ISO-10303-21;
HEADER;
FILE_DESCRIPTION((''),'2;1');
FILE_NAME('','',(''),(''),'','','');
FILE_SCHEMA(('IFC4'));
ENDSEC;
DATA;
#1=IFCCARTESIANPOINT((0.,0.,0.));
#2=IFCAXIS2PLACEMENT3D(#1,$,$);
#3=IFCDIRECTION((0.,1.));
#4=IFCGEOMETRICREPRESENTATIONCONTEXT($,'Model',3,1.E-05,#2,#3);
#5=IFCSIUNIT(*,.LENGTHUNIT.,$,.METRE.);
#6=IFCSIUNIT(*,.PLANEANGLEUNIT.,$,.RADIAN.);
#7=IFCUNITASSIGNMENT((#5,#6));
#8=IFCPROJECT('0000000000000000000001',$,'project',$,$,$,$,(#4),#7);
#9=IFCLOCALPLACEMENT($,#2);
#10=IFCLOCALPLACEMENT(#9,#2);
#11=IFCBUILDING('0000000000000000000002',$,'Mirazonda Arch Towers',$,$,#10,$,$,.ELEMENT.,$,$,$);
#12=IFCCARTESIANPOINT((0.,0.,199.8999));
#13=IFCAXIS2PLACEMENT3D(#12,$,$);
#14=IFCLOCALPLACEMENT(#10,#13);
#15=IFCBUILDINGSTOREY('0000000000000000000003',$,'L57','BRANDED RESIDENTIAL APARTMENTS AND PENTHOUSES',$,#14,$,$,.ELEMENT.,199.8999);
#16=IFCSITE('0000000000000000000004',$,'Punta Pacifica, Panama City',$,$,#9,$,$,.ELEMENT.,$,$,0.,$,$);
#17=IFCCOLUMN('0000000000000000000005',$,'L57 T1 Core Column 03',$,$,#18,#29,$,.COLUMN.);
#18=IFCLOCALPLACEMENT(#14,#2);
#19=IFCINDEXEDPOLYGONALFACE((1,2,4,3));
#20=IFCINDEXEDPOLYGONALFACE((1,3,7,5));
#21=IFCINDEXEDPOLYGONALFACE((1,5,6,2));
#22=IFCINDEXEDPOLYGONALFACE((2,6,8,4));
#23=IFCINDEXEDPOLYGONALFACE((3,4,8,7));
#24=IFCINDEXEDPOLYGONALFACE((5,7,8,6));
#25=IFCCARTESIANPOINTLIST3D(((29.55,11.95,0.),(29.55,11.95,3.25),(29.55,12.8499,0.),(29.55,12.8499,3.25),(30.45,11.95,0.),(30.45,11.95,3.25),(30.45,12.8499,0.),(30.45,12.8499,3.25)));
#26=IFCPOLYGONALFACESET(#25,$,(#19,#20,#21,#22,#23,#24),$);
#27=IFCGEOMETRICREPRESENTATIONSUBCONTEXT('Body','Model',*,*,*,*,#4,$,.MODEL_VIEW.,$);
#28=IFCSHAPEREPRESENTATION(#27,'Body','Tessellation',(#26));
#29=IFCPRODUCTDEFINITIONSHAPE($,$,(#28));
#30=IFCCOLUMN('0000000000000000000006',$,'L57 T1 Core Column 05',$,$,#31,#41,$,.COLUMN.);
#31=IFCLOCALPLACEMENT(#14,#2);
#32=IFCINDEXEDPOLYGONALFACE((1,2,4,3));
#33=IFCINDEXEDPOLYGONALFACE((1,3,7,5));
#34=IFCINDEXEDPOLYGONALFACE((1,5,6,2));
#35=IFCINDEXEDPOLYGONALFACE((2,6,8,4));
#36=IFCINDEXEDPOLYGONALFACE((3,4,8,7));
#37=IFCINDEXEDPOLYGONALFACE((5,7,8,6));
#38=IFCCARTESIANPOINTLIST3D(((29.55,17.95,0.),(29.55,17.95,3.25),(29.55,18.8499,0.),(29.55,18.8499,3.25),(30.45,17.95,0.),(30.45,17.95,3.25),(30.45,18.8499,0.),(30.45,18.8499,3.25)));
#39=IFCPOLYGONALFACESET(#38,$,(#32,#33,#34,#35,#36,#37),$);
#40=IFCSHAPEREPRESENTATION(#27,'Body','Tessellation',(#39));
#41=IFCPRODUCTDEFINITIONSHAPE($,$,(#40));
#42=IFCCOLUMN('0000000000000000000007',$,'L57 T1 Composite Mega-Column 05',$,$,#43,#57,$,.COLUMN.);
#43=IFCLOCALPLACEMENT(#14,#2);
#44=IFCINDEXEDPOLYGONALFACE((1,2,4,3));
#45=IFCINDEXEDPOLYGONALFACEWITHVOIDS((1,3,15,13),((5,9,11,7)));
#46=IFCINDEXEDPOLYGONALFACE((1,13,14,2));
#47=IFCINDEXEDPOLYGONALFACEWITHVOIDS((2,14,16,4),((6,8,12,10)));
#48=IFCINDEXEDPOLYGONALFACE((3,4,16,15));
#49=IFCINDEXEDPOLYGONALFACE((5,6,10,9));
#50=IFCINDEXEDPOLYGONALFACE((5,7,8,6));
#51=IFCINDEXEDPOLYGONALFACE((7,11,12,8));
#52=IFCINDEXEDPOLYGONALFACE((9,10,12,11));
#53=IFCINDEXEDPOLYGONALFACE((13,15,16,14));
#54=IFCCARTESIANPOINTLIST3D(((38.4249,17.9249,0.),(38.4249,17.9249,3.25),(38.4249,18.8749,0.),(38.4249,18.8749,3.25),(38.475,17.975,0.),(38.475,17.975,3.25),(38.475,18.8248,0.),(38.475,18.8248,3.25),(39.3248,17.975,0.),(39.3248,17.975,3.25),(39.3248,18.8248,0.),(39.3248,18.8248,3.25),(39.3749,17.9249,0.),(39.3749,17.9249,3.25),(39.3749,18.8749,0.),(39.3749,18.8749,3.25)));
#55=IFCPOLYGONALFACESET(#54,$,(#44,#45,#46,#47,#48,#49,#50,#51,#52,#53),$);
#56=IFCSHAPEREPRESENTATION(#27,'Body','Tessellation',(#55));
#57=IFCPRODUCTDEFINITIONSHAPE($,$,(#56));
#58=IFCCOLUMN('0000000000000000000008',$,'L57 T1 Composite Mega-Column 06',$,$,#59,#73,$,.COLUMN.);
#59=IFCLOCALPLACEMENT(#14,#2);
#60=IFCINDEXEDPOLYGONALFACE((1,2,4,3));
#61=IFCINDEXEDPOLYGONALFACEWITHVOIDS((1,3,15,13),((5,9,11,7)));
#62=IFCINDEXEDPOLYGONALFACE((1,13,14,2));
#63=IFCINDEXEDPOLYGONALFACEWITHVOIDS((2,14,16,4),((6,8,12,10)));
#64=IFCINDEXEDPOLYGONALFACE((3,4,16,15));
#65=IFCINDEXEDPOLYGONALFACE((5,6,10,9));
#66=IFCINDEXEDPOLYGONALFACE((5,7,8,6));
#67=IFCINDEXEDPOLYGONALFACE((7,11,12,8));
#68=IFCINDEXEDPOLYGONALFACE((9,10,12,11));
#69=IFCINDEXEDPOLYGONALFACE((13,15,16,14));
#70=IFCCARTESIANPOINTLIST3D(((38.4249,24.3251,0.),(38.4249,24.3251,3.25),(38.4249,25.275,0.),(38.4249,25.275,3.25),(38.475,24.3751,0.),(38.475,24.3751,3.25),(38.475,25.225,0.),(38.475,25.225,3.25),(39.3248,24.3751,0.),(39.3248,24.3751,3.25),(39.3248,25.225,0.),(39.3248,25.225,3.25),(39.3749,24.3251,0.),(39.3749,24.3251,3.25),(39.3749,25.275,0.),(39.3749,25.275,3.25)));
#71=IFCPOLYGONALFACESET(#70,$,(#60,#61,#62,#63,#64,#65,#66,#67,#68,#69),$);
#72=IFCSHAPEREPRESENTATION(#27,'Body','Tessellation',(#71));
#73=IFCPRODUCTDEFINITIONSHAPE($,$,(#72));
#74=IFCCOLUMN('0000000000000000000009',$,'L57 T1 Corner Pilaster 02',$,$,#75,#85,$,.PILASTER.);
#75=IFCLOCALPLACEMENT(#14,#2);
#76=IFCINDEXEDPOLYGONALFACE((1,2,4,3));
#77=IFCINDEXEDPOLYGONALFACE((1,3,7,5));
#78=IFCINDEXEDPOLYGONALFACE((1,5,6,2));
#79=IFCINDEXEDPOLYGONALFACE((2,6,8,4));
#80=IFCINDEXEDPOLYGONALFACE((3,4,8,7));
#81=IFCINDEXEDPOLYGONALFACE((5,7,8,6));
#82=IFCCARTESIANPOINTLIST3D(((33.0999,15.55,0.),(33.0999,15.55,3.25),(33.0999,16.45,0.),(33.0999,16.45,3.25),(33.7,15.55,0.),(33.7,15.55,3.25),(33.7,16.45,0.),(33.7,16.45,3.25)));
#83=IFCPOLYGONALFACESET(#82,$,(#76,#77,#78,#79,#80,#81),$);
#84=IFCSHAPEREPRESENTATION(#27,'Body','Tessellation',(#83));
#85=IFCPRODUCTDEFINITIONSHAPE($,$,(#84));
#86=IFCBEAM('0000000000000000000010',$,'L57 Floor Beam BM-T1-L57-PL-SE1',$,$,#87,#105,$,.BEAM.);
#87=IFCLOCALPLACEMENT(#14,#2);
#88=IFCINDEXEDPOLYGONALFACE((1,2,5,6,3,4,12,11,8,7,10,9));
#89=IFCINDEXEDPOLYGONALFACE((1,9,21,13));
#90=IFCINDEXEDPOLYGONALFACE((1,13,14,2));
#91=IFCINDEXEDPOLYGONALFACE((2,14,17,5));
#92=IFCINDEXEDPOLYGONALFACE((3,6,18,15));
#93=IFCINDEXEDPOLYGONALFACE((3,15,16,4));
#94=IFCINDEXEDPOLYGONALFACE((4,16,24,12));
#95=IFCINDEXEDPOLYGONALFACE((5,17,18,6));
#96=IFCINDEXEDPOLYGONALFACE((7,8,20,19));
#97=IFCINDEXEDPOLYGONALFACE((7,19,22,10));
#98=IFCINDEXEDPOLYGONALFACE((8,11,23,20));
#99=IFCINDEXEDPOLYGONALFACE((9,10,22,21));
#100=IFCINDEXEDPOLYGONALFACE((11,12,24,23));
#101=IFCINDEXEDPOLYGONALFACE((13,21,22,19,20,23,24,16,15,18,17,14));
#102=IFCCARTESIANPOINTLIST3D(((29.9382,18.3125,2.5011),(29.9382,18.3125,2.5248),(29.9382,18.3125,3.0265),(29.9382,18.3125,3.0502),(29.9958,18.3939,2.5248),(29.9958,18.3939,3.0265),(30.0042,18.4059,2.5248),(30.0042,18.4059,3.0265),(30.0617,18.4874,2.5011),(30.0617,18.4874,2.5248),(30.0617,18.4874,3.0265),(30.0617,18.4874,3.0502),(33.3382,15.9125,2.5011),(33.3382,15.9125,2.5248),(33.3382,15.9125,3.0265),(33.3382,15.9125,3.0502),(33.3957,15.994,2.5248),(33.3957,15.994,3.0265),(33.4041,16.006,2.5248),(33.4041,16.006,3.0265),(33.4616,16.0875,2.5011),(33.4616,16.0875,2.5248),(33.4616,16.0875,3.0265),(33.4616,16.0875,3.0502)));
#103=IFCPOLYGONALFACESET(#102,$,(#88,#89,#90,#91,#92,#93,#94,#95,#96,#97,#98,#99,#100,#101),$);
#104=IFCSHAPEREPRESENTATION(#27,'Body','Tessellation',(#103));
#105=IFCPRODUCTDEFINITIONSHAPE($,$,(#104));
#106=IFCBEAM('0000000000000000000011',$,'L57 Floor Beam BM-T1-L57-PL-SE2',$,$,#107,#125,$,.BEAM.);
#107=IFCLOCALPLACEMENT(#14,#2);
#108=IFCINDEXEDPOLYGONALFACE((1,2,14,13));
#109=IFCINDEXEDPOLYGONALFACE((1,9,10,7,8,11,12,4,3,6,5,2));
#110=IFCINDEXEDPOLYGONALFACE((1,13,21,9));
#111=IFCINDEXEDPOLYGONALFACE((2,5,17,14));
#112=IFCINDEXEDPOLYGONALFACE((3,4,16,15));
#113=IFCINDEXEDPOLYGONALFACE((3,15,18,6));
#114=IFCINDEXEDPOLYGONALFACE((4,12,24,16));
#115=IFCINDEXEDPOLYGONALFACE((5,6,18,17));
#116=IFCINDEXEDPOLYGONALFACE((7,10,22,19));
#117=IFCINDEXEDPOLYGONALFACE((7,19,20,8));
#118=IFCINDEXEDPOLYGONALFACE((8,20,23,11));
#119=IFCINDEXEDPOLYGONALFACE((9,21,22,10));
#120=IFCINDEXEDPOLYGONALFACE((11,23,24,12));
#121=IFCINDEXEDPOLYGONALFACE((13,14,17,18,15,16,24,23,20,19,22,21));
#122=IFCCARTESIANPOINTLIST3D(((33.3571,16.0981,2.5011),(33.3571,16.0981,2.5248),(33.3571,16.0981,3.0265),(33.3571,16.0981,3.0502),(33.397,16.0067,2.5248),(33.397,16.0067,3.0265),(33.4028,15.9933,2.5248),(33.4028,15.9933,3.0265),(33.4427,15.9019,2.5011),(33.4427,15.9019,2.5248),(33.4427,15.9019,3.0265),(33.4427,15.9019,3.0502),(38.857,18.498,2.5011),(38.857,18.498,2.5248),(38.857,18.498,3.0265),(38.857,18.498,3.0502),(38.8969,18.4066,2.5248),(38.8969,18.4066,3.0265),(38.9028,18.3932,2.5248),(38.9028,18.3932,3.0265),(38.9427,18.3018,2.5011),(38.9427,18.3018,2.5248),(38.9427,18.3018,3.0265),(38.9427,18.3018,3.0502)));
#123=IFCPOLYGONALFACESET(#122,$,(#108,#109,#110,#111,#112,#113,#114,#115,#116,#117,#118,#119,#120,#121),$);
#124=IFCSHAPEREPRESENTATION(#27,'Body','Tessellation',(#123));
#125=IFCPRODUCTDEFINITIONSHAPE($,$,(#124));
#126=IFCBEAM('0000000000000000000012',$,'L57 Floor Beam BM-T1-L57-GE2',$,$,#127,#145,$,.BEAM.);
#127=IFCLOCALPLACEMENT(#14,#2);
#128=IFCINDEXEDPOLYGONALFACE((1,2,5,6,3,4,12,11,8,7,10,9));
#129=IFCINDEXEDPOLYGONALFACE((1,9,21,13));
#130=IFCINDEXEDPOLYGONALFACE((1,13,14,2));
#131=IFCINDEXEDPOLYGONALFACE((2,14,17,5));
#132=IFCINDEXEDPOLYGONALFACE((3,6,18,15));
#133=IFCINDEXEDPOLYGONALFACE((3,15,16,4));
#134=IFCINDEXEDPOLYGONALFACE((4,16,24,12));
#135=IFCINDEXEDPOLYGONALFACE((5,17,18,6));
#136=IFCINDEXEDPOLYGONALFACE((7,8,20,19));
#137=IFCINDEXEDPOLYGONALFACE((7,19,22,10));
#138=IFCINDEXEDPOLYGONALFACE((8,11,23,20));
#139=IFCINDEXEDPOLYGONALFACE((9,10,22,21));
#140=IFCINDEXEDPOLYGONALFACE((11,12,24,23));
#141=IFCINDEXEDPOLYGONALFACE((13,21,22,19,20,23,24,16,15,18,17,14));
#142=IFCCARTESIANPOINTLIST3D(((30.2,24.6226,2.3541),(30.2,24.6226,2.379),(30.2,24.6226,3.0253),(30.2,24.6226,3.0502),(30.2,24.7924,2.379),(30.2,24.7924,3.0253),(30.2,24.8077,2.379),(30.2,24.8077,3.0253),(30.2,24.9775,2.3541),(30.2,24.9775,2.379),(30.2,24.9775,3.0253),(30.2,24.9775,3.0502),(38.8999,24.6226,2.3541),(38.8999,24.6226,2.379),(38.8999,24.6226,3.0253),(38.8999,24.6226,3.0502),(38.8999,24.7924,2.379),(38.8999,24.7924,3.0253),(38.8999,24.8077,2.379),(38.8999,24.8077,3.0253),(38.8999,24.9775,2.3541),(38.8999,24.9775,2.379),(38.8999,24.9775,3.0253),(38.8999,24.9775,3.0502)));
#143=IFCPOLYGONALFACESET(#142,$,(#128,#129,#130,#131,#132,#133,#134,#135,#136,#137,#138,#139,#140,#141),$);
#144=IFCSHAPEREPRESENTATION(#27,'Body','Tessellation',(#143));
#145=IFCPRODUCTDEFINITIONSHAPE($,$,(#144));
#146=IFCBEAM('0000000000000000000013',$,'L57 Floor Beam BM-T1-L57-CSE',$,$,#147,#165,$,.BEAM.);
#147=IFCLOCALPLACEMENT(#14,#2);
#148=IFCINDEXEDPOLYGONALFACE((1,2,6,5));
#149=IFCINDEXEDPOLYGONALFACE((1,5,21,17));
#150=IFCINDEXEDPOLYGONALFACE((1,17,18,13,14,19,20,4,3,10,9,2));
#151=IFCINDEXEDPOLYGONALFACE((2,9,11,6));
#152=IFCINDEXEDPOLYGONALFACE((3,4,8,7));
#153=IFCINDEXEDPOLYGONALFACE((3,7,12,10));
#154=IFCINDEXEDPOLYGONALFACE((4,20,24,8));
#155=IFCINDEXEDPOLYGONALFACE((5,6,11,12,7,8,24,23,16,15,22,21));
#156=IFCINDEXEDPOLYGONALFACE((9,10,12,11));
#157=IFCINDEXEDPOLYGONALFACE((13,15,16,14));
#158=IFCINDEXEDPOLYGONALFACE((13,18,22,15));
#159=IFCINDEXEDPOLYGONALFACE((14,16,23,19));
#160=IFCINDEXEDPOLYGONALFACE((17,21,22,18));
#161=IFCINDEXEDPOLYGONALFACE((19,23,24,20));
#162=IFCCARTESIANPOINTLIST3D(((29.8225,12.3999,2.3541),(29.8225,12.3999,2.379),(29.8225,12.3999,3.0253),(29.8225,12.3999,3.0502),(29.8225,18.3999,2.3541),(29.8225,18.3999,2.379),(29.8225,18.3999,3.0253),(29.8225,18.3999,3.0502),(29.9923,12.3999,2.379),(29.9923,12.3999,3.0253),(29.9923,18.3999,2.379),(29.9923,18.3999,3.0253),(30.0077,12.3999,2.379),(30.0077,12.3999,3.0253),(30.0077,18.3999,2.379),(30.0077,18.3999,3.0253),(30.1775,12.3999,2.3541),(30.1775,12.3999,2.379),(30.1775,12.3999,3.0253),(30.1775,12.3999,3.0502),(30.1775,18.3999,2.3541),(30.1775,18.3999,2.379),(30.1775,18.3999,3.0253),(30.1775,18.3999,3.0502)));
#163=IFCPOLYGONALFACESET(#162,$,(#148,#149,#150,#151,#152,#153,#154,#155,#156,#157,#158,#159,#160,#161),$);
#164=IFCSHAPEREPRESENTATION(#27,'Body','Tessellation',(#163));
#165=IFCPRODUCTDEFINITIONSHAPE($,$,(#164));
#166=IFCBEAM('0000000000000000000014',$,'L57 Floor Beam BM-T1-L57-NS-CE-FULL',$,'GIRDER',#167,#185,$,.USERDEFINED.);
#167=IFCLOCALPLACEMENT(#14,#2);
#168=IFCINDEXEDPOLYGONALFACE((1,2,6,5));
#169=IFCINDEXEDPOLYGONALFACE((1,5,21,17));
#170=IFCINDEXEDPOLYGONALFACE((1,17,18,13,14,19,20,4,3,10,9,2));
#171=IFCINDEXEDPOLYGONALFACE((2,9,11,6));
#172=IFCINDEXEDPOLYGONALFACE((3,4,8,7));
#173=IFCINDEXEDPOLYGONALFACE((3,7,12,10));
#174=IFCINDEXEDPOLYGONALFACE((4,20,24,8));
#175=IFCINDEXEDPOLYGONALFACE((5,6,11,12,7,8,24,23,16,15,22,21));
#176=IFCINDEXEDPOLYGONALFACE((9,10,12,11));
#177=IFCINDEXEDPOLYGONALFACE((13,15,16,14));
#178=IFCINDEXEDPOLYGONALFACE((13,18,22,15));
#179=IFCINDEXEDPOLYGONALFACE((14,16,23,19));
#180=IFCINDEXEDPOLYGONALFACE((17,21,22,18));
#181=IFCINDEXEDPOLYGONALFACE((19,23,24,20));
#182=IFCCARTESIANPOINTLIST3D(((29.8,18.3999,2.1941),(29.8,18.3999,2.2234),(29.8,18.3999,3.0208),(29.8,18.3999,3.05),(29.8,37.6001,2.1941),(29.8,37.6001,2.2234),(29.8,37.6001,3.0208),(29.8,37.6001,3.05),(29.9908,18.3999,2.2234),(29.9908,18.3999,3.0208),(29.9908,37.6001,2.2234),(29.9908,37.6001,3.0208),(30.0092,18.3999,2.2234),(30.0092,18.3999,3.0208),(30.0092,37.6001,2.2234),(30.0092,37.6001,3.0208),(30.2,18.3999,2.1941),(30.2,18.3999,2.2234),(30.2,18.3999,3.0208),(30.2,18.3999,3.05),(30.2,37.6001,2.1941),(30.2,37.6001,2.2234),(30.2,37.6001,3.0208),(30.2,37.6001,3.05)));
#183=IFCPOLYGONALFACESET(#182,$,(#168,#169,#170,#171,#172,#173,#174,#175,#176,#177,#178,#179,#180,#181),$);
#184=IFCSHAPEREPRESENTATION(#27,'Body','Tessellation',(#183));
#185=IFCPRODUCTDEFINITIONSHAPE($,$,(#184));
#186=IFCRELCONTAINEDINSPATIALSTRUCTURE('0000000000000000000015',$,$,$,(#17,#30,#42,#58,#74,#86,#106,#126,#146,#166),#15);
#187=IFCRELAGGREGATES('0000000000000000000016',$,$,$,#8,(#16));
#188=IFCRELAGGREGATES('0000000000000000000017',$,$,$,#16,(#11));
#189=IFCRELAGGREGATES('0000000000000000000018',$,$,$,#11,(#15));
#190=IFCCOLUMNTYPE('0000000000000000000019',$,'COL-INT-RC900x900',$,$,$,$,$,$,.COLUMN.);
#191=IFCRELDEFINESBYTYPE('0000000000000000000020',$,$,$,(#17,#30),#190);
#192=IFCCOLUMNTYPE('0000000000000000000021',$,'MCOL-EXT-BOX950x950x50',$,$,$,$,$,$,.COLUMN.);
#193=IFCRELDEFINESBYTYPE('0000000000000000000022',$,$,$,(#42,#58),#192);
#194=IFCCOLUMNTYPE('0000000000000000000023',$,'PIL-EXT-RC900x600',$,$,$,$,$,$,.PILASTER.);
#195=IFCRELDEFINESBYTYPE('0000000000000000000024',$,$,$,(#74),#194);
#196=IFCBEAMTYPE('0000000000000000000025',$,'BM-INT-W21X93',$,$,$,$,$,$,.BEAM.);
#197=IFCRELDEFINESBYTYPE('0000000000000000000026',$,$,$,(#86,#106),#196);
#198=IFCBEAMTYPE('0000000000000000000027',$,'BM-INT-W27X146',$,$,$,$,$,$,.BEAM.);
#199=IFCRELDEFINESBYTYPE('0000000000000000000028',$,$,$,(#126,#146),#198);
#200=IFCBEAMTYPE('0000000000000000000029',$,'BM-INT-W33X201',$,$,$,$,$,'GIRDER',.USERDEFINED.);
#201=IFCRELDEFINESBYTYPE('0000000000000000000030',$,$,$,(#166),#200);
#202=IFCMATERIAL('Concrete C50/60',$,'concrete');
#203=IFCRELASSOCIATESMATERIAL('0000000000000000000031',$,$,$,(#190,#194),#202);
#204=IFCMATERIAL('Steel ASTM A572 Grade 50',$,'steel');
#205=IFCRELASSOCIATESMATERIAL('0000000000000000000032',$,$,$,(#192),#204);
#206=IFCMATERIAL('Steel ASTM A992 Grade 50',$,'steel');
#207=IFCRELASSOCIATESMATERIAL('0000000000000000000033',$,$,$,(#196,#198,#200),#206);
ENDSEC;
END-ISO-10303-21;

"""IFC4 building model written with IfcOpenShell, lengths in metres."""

from ifc_helpers import new_model, si_unit, direction, frame, origin, origin_2d, place, context, subcontext, project, spatial, rectangle, hollow_rectangle, i_section, extrude, material, material_profile, profile_set, type_object, element, save


model = new_model("IFC4")

# Units and contexts
model_context = context("Model", 3, precision=1e-05, world=origin(), true_north=direction((0.0, 1.0)))
body_context = subcontext(model_context, "Body", "Model", "MODEL_VIEW")
ifc_project = project(units=[si_unit("LENGTHUNIT", "METRE"), si_unit("PLANEANGLEUNIT", "RADIAN")], contexts=[model_context])

# Site, building, storey
site_placement = place(None, origin())
site = spatial("IfcSite", under=ifc_project, at=site_placement, Name="Punta Pacifica, Panama City", CompositionType="ELEMENT", RefElevation=0.0)
building_placement = place(site_placement, origin())
building = spatial("IfcBuilding", under=site, at=building_placement, Name="Mirazonda Arch Towers", CompositionType="ELEMENT")
storey_placement = place(building_placement, frame((0.0, 0.0, 199.8999)))
storey = spatial("IfcBuildingStorey", under=building, at=storey_placement, Name="L57", Description="BRANDED RESIDENTIAL APARTMENTS AND PENTHOUSES", CompositionType="ELEMENT", Elevation=199.8999)

# Columns
ifc_material_1 = material(Name="Concrete C50/60", Category="concrete")
ifc_material_profile_1 = material_profile(ifc_material_1, rectangle(XDim=0.8999, YDim=0.8999, at=origin_2d()), Name="RC900x900")
ifc_profile_set_1 = profile_set([ifc_material_profile_1], Name="Concrete C50/60")
column_type_1 = type_object("IfcColumnType", Name="COL-INT-RC900x900", PredefinedType="COLUMN", material=ifc_profile_set_1)
for number, where, z_axis, x_axis, name in (
    (1, (30.0, 12.3999, 0.0), (0.0, 0.0, 1.0), (1.0, 0.0, 0.0), "L57 T1 Core Column 03"),
    (2, (30.0, 18.3999, 0.0), (0.0, 0.0, 1.0), (1.0, 0.0, 0.0), "L57 T1 Core Column 05"),
):
    element("IfcColumn", number, at=place(storey_placement, frame(where, z_axis=z_axis, x_axis=x_axis)), inside=storey, type_object=column_type_1, Name=name, PredefinedType="COLUMN", context=body_context, shape_type="SweptSolid", body=[
        extrude(rectangle(XDim=0.8999, YDim=0.8999, at=origin_2d()), origin(), (0.0, 0.0, 1.0), 3.25),
    ])
ifc_material_2 = material(Name="Steel ASTM A572 Grade 50", Category="steel")
ifc_material_profile_2 = material_profile(ifc_material_2, hollow_rectangle(XDim=0.95, YDim=0.95, WallThickness=0.05, at=origin_2d()), Name="BOX950x950x50")
ifc_profile_set_2 = profile_set([ifc_material_profile_2], Name="Steel ASTM A572 Grade 50")
column_type_2 = type_object("IfcColumnType", Name="MCOL-EXT-BOX950x950x50", PredefinedType="COLUMN", material=ifc_profile_set_2)
for number, where, z_axis, x_axis, name in (
    (3, (38.8999, 18.3999, 0.0), (0.0, 0.0, 1.0), (1.0, 0.0, 0.0), "L57 T1 Composite Mega-Column 05"),
    (4, (38.8999, 24.8, 0.0), (0.0, 0.0, 1.0), (1.0, 0.0, 0.0), "L57 T1 Composite Mega-Column 06"),
):
    element("IfcColumn", number, at=place(storey_placement, frame(where, z_axis=z_axis, x_axis=x_axis)), inside=storey, type_object=column_type_2, Name=name, PredefinedType="COLUMN", context=body_context, shape_type="SweptSolid", body=[
        extrude(hollow_rectangle(XDim=0.95, YDim=0.95, WallThickness=0.05, at=origin_2d()), origin(), (0.0, 0.0, 1.0), 3.25),
    ])
ifc_material_profile_3 = material_profile(ifc_material_1, rectangle(XDim=0.6001, YDim=0.8999, at=origin_2d()), Name="RC900x600")
ifc_profile_set_3 = profile_set([ifc_material_profile_3], Name="Concrete C50/60")
column_type_3 = type_object("IfcColumnType", Name="PIL-EXT-RC900x600", PredefinedType="PILASTER", material=ifc_profile_set_3)
column_placement = place(storey_placement, frame((33.3999, 16.0, 0.0), z_axis=(0.0, 0.0, 1.0), x_axis=(1.0, 0.0, 0.0)))
element("IfcColumn", 5, at=column_placement, inside=storey, type_object=column_type_3, Name="L57 T1 Corner Pilaster 02", PredefinedType="PILASTER", context=body_context, shape_type="SweptSolid", body=[
    extrude(rectangle(XDim=0.6001, YDim=0.8999, at=origin_2d()), origin(), (0.0, 0.0, 1.0), 3.25),
])

# Beams
ifc_material_3 = material(Name="Steel ASTM A992 Grade 50", Category="steel")
ifc_material_profile_4 = material_profile(ifc_material_3, i_section(OverallWidth=0.2141, OverallDepth=0.5491, WebThickness=0.0146, FlangeThickness=0.0237, at=origin_2d()), Name="W21X93")
ifc_profile_set_4 = profile_set([ifc_material_profile_4], Name="Steel ASTM A992 Grade 50")
beam_type_1 = type_object("IfcBeamType", Name="BM-INT-W21X93", PredefinedType="BEAM", material=ifc_profile_set_4)
beam_1_placement = place(storey_placement, frame((33.3999, 16.0, 2.7756), z_axis=(-0.816971, 0.576679, 0.0), x_axis=(-0.576679, -0.816971, 0.0)))
element("IfcBeam", 6, at=beam_1_placement, inside=storey, type_object=beam_type_1, Name="L57 Floor Beam BM-T1-L57-PL-SE1", PredefinedType="BEAM", context=body_context, shape_type="SweptSolid", body=[
    extrude(i_section(OverallWidth=0.2141, OverallDepth=0.5491, WebThickness=0.0146, FlangeThickness=0.0237, at=origin_2d()), origin(), (0.0, 0.0, 1.0), 4.1616),
])
beam_2_placement = place(storey_placement, frame((33.3999, 16.0, 2.7756), z_axis=(0.916545, 0.399931, 0.0), x_axis=(-0.399931, 0.916545, 0.0)))
element("IfcBeam", 7, at=beam_2_placement, inside=storey, type_object=beam_type_1, Name="L57 Floor Beam BM-T1-L57-PL-SE2", PredefinedType="BEAM", context=body_context, shape_type="SweptSolid", body=[
    extrude(i_section(OverallWidth=0.2141, OverallDepth=0.5491, WebThickness=0.0146, FlangeThickness=0.0237, at=origin_2d()), origin(), (0.0, 0.0, 1.0), 6.0007),
])
ifc_material_profile_5 = material_profile(ifc_material_3, i_section(OverallWidth=0.355, OverallDepth=0.696, WebThickness=0.0154, FlangeThickness=0.0249, at=origin_2d()), Name="W27X146")
ifc_profile_set_5 = profile_set([ifc_material_profile_5], Name="Steel ASTM A992 Grade 50")
beam_type_2 = type_object("IfcBeamType", Name="BM-INT-W27X146", PredefinedType="BEAM", material=ifc_profile_set_5)
beam_3_placement = place(storey_placement, frame((30.2, 24.8, 2.7021), z_axis=(1.0, 0.0, 0.0), x_axis=(0.0, 1.0, 0.0)))
element("IfcBeam", 8, at=beam_3_placement, inside=storey, type_object=beam_type_2, Name="L57 Floor Beam BM-T1-L57-GE2", PredefinedType="BEAM", context=body_context, shape_type="SweptSolid", body=[
    extrude(i_section(OverallWidth=0.355, OverallDepth=0.696, WebThickness=0.0154, FlangeThickness=0.0249, at=origin_2d()), origin(), (0.0, 0.0, 1.0), 8.7),
])
beam_4_placement = place(storey_placement, frame((30.0, 12.3999, 2.7021), z_axis=(0.0, 1.0, 0.0), x_axis=(-1.0, 0.0, 0.0)))
element("IfcBeam", 9, at=beam_4_placement, inside=storey, type_object=beam_type_2, Name="L57 Floor Beam BM-T1-L57-CSE", PredefinedType="BEAM", context=body_context, shape_type="SweptSolid", body=[
    extrude(i_section(OverallWidth=0.355, OverallDepth=0.696, WebThickness=0.0154, FlangeThickness=0.0249, at=origin_2d()), origin(), (0.0, 0.0, 1.0), 6.0),
])
ifc_material_profile_6 = material_profile(ifc_material_3, i_section(OverallWidth=0.3999, OverallDepth=0.856, WebThickness=0.0183, FlangeThickness=0.0293, at=origin_2d()), Name="W33X201")
ifc_profile_set_6 = profile_set([ifc_material_profile_6], Name="Steel ASTM A992 Grade 50")
beam_type_3 = type_object("IfcBeamType", Name="BM-INT-W33X201", ElementType="GIRDER", PredefinedType="USERDEFINED", material=ifc_profile_set_6)
beam_5_placement = place(storey_placement, frame((30.0, 18.3999, 2.6221), z_axis=(0.0, 1.0, 0.0), x_axis=(-1.0, 0.0, 0.0)))
element("IfcBeam", 10, at=beam_5_placement, inside=storey, type_object=beam_type_3, Name="L57 Floor Beam BM-T1-L57-NS-CE-FULL", ObjectType="GIRDER", PredefinedType="USERDEFINED", context=body_context, shape_type="SweptSolid", body=[
    extrude(i_section(OverallWidth=0.3999, OverallDepth=0.856, WebThickness=0.0183, FlangeThickness=0.0293, at=origin_2d()), origin(), (0.0, 0.0, 1.0), 19.2002),
])

save(model, "model.ifc")
